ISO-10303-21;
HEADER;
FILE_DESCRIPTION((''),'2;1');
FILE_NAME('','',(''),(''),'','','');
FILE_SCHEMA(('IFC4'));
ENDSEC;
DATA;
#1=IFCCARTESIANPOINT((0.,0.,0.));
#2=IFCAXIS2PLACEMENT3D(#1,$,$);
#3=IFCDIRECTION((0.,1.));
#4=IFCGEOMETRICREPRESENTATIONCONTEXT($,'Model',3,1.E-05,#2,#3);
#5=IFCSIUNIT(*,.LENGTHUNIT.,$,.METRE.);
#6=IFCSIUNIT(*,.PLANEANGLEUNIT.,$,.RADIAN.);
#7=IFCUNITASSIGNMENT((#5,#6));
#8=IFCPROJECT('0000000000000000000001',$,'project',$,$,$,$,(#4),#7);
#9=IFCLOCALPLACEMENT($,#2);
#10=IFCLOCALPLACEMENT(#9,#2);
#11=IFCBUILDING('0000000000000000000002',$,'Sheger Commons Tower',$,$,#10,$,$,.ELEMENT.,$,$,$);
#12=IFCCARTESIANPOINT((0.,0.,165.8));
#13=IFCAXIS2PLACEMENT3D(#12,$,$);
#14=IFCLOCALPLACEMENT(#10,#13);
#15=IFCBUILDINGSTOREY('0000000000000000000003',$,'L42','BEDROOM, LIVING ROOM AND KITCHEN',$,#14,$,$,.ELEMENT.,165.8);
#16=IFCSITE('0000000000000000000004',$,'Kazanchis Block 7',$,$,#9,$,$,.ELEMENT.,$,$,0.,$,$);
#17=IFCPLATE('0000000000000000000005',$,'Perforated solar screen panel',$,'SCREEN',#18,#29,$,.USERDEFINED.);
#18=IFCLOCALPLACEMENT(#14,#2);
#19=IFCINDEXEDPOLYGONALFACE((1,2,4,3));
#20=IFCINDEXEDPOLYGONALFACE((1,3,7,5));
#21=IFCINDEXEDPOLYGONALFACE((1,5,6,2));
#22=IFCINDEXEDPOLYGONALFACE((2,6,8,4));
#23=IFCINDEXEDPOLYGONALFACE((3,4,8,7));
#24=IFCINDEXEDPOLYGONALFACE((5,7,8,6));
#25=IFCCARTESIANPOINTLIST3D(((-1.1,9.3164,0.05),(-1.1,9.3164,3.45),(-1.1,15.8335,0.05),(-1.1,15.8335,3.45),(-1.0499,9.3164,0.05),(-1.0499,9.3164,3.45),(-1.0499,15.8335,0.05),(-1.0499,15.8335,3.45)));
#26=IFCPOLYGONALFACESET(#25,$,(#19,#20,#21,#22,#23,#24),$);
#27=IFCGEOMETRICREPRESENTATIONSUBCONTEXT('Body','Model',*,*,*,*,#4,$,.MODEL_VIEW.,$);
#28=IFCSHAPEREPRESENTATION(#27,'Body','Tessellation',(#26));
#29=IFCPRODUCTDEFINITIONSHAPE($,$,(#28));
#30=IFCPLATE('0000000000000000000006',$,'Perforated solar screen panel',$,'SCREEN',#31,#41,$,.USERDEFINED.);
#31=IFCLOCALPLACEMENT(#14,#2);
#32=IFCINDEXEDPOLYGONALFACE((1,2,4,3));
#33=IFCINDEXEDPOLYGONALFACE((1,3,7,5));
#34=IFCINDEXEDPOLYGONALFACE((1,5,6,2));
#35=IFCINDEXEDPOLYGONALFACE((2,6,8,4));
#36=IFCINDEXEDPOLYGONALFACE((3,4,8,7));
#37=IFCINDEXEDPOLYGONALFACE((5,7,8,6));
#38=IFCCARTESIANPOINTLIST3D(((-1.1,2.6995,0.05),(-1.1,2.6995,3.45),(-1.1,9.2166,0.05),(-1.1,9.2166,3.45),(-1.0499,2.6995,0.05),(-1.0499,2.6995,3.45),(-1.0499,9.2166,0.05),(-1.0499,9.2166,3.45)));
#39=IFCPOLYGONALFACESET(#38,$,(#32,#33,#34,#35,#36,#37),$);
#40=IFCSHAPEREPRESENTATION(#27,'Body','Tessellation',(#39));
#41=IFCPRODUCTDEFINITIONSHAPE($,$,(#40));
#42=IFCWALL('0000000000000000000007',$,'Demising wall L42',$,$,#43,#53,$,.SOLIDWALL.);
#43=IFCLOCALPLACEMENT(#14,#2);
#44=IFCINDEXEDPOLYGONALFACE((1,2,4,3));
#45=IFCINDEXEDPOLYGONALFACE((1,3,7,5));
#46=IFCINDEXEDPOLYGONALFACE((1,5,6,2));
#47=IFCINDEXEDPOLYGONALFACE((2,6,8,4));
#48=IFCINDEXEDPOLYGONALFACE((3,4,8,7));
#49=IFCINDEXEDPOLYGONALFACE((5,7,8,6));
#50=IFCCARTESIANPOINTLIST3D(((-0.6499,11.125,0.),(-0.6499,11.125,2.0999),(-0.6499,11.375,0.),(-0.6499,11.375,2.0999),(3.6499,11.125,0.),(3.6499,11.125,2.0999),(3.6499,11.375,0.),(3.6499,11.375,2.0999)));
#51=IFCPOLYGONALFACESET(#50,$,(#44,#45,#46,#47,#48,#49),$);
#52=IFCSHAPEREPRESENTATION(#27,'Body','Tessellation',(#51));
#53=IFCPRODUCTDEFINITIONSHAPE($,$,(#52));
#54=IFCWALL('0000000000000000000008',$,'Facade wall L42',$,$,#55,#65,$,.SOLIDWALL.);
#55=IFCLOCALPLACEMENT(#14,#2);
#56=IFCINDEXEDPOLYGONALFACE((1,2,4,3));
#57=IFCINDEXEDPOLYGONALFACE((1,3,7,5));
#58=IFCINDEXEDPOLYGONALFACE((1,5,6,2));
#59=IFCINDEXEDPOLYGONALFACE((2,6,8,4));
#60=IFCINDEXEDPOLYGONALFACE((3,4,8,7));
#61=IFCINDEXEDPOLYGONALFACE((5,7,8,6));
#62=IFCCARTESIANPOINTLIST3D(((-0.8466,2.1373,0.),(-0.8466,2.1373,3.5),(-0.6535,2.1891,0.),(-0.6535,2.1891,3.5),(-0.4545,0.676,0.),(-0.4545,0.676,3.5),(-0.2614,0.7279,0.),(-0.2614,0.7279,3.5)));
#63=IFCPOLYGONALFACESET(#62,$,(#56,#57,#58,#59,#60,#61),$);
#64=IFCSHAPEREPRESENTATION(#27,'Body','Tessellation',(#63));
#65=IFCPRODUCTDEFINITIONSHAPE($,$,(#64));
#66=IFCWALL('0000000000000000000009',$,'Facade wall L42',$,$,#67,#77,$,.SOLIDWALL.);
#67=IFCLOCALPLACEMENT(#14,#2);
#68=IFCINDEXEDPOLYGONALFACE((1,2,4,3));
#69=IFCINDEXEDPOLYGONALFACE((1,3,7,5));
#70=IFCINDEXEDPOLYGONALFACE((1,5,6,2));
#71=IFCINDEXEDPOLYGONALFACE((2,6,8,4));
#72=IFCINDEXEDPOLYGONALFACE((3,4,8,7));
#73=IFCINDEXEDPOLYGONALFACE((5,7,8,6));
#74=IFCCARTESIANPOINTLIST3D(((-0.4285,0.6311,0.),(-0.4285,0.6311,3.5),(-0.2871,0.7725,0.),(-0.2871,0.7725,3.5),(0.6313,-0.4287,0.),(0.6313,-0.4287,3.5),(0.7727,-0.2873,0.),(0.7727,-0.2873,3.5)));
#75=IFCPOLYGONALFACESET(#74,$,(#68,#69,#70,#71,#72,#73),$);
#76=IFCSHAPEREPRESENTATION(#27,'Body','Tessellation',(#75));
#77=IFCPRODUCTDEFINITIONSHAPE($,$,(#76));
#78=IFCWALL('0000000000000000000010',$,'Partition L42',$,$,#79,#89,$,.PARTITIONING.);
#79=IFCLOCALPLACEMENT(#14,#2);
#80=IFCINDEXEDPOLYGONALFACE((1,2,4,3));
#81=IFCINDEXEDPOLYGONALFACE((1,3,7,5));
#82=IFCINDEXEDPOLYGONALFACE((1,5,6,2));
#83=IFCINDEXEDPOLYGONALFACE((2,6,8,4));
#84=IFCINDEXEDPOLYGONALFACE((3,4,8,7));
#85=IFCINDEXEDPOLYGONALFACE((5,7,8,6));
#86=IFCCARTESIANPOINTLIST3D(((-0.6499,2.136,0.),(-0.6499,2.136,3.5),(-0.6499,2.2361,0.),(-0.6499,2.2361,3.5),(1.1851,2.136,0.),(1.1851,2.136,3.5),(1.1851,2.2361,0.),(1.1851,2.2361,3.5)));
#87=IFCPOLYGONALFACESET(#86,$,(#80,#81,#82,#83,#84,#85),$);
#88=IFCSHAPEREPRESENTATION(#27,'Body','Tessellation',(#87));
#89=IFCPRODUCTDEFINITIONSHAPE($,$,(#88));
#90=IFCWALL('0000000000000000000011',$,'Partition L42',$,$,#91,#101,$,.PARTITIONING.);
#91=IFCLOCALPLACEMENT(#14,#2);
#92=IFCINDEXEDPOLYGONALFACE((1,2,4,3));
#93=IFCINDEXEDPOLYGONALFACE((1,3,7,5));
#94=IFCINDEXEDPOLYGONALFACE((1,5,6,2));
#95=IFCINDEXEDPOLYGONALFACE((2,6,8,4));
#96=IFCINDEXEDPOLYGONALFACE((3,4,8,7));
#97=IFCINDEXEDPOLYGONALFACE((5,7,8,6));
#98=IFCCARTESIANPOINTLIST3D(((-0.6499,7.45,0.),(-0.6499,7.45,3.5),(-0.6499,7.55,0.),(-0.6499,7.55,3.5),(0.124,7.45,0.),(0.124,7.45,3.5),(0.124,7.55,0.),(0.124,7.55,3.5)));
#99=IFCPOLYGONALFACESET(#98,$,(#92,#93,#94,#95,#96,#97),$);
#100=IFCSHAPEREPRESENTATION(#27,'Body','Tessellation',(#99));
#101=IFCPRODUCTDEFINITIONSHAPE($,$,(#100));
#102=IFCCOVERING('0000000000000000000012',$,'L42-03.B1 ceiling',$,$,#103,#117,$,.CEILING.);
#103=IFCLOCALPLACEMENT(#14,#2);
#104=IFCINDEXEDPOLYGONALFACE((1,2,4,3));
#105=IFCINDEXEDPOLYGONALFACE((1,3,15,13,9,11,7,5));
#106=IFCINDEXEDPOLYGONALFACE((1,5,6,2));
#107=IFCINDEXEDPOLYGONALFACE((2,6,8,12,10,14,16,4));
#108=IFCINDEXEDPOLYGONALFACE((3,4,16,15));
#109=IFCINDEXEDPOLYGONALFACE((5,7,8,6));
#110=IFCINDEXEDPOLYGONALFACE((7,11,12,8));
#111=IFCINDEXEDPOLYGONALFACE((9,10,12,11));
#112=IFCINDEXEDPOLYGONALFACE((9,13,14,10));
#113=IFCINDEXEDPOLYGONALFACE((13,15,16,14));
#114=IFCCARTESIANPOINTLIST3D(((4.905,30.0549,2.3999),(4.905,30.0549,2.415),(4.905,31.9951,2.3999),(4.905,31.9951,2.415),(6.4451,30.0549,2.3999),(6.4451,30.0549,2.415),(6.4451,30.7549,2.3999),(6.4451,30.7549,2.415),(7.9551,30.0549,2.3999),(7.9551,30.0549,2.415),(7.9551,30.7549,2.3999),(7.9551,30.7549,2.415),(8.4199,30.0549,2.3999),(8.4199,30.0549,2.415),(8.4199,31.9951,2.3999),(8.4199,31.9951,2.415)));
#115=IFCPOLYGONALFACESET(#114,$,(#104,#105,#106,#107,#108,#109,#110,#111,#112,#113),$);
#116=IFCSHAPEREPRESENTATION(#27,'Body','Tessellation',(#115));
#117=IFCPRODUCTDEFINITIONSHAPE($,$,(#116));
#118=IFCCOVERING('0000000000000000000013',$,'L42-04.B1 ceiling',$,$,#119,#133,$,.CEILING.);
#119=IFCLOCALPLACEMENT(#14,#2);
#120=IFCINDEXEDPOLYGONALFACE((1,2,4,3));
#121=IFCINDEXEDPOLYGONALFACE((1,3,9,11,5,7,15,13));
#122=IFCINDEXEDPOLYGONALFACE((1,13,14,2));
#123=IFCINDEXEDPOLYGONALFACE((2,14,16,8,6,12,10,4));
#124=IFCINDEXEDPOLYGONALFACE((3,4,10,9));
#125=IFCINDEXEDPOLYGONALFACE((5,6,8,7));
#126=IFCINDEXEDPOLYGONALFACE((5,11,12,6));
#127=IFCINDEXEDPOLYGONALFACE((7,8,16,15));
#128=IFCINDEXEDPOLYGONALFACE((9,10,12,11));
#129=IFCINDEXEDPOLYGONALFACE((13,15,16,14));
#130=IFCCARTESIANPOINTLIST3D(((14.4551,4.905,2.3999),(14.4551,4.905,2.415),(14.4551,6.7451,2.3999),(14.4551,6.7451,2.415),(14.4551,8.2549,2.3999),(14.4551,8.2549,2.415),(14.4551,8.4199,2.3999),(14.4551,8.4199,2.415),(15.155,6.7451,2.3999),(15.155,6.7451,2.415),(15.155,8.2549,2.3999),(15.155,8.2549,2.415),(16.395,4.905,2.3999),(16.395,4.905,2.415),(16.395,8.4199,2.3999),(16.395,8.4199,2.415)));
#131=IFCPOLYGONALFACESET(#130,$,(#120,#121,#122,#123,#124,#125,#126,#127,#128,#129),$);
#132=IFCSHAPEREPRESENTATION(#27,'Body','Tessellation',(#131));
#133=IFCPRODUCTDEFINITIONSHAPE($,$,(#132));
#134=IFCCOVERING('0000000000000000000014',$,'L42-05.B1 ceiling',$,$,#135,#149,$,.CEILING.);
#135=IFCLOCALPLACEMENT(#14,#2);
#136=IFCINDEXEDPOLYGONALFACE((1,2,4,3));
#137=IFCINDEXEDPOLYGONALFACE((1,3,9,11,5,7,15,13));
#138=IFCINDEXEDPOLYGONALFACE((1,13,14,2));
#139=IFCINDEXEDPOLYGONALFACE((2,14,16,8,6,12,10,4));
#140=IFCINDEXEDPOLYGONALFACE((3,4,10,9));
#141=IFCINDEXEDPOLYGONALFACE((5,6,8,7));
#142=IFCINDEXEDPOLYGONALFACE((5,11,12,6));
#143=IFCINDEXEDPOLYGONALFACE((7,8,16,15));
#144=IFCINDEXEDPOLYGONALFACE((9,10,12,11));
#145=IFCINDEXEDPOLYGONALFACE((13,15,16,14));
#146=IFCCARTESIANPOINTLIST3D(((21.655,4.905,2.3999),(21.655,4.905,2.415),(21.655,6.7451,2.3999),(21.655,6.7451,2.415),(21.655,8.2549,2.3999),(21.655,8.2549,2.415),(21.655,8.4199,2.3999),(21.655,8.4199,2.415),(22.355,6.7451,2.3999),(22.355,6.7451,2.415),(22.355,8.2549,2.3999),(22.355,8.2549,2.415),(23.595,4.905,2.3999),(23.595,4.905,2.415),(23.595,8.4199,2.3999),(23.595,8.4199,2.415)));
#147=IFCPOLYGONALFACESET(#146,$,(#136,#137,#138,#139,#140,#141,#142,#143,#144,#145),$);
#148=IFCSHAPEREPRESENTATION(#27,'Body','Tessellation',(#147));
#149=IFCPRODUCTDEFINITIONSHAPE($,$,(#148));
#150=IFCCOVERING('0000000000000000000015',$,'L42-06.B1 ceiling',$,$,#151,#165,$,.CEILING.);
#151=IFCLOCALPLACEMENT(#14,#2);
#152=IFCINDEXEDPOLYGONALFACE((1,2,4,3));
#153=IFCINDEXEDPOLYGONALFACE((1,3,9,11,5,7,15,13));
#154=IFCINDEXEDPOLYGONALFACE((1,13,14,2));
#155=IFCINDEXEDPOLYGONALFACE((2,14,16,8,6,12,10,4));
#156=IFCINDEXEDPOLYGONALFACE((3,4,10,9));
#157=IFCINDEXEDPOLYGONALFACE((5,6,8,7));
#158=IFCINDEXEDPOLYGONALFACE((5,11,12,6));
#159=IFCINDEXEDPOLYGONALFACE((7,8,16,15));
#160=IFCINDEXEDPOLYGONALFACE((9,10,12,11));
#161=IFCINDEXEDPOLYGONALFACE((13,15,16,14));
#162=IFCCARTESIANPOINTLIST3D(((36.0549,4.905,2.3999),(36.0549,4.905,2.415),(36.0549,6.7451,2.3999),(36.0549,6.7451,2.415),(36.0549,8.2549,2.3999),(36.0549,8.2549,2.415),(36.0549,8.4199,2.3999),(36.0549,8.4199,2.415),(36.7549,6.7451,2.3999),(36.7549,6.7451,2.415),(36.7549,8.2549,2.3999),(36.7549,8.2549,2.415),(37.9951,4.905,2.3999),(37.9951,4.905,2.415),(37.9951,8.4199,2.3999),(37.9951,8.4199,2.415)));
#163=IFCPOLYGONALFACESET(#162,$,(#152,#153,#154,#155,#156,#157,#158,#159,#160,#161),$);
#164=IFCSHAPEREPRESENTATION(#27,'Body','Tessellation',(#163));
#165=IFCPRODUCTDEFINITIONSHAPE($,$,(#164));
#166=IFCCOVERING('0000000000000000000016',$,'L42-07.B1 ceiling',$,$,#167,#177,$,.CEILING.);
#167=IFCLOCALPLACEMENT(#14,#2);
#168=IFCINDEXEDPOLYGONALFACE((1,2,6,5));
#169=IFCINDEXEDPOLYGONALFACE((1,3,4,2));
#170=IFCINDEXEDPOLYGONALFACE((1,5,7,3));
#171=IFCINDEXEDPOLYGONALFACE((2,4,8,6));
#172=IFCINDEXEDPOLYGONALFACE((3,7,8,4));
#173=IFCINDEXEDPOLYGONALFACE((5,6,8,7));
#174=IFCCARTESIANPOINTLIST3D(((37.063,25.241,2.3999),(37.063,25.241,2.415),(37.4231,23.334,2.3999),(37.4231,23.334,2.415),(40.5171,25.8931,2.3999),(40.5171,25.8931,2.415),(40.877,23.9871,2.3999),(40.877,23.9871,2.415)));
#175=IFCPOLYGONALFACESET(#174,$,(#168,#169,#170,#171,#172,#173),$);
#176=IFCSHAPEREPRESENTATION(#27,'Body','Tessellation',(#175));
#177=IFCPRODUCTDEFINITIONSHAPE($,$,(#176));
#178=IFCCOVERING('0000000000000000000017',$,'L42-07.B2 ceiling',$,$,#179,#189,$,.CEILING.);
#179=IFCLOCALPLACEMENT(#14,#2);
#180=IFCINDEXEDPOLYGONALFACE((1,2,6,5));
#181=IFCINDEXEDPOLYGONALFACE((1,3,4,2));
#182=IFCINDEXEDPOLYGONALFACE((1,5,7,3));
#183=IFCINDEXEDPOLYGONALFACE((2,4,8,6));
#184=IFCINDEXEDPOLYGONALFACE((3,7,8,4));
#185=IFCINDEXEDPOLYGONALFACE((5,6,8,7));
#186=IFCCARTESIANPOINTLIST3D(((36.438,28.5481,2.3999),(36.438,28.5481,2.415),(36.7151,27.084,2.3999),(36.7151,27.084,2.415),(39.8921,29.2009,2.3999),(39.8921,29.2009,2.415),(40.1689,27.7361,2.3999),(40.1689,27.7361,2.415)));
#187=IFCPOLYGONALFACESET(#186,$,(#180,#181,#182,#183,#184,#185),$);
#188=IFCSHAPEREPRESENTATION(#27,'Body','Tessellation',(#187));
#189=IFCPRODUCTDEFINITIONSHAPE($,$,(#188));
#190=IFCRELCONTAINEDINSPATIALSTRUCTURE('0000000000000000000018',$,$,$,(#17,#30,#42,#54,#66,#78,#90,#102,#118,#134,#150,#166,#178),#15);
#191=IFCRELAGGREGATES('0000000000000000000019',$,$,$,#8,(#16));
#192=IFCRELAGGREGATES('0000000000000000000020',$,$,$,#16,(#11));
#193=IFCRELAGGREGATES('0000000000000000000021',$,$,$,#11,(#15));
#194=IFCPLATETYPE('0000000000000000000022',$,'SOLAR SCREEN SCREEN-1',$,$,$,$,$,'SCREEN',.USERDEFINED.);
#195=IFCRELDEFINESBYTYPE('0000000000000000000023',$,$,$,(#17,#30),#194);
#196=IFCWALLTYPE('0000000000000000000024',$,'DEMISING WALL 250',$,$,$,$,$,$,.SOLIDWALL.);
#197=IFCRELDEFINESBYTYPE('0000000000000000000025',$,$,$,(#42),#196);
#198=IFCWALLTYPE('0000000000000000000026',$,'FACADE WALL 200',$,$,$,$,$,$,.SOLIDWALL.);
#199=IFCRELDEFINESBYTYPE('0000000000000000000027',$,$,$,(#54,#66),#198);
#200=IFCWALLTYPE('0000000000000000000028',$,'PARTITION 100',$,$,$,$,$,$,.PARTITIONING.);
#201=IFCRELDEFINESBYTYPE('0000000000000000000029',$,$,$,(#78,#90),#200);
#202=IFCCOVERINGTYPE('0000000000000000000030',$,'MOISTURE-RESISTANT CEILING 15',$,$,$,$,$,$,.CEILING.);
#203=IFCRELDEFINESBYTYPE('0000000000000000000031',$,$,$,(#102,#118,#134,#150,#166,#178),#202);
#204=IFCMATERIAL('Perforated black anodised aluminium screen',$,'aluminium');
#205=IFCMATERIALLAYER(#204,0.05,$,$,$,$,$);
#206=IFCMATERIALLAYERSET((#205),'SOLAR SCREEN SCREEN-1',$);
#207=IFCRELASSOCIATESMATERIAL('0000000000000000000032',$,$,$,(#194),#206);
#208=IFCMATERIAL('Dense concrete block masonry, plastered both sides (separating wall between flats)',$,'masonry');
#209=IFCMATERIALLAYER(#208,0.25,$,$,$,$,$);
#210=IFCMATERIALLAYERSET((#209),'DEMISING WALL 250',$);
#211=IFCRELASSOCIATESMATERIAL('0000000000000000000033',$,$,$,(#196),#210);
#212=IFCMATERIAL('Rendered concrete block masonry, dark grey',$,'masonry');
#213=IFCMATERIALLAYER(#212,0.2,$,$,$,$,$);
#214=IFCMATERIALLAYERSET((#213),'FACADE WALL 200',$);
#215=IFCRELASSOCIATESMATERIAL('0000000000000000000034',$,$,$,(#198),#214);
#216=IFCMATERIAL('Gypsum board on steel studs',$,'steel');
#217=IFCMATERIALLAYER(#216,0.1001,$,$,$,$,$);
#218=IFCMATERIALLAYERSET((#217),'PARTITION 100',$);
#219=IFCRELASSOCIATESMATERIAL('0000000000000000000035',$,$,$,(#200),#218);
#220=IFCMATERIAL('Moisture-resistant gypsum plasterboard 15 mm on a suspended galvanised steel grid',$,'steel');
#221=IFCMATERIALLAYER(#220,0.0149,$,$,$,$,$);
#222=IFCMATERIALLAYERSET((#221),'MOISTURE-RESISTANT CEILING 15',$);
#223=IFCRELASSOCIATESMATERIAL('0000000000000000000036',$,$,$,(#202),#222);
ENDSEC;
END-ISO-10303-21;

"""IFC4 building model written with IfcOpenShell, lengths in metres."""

from ifc_helpers import new_model, si_unit, direction, frame, frame_2d, origin, origin_2d, place, context, subcontext, project, spatial, polyline, rectangle, outline, extrude, material, layer, layer_set, type_object, element, save


model = new_model("IFC4")

# Units and contexts
model_context = context("Model", 3, precision=1e-05, world=origin(), true_north=direction((0.0, 1.0)))
body_context = subcontext(model_context, "Body", "Model", "MODEL_VIEW")
ifc_project = project(units=[si_unit("LENGTHUNIT", "METRE"), si_unit("PLANEANGLEUNIT", "RADIAN")], contexts=[model_context])

# Site, building, storey
site_placement = place(None, origin())
site = spatial("IfcSite", under=ifc_project, at=site_placement, Name="Kazanchis Block 7", CompositionType="ELEMENT", RefElevation=0.0)
building_placement = place(site_placement, origin())
building = spatial("IfcBuilding", under=site, at=building_placement, Name="Sheger Commons Tower", CompositionType="ELEMENT")
storey_placement = place(building_placement, frame((0.0, 0.0, 165.8)))
storey = spatial("IfcBuildingStorey", under=building, at=storey_placement, Name="L42", Description="BEDROOM, LIVING ROOM AND KITCHEN", CompositionType="ELEMENT", Elevation=165.8)

# Plates
ifc_material_1 = material(Name="Perforated black anodised aluminium screen", Category="aluminium")
ifc_layer_1 = layer(ifc_material_1, 0.05)
ifc_layer_set_1 = layer_set([ifc_layer_1], Name="SOLAR SCREEN SCREEN-1")
plate_type = type_object("IfcPlateType", Name="SOLAR SCREEN SCREEN-1", ElementType="SCREEN", PredefinedType="USERDEFINED", material=ifc_layer_set_1)
for number, where, z_axis, x_axis, name in (
    (1, (-1.075, 12.575, 0.05), (0.0, 0.0, 1.0), (0.0, -1.0, 0.0), "Perforated solar screen panel"),
    (2, (-1.075, 5.958, 0.05), (0.0, 0.0, 1.0), (0.0, -1.0, 0.0), "Perforated solar screen panel"),
):
    element("IfcPlate", number, at=place(storey_placement, frame(where, z_axis=z_axis, x_axis=x_axis)), inside=storey, type_object=plate_type, Name=name, ObjectType="SCREEN", PredefinedType="USERDEFINED", context=body_context, shape_type="SweptSolid", body=[
        extrude(rectangle(XDim=6.5171, YDim=0.05, at=origin_2d()), origin(), (0.0, 0.0, 1.0), 3.3999),
    ])

# Walls
ifc_material_2 = material(Name="Dense concrete block masonry, plastered both sides (separating wall between flats)", Category="masonry")
ifc_layer_2 = layer(ifc_material_2, 0.25)
ifc_layer_set_2 = layer_set([ifc_layer_2], Name="DEMISING WALL 250")
wall_type_1 = type_object("IfcWallType", Name="DEMISING WALL 250", PredefinedType="SOLIDWALL", material=ifc_layer_set_2)
wall_1_placement = place(storey_placement, frame((-0.6499, 11.25, 0.0), z_axis=(0.0, 0.0, 1.0), x_axis=(1.0, 0.0, 0.0)))
element("IfcWall", 3, at=wall_1_placement, inside=storey, type_object=wall_type_1, Name="Demising wall L42", PredefinedType="SOLIDWALL", context=body_context, shape_type="SweptSolid", body=[
    extrude(rectangle(XDim=4.2998, YDim=0.25, at=frame_2d((2.1499, 0.0))), origin(), (0.0, 0.0, 1.0), 2.0999),
])
ifc_material_3 = material(Name="Rendered concrete block masonry, dark grey", Category="masonry")
ifc_layer_3 = layer(ifc_material_3, 0.2)
ifc_layer_set_3 = layer_set([ifc_layer_3], Name="FACADE WALL 200")
wall_type_2 = type_object("IfcWallType", Name="FACADE WALL 200", PredefinedType="SOLIDWALL", material=ifc_layer_set_3)
wall_2_placement = place(storey_placement, frame((-0.75, 2.1631, 0.0), z_axis=(0.0, 0.0, 1.0), x_axis=(0.259169, -0.965832, 0.0)))
element("IfcWall", 4, at=wall_2_placement, inside=storey, type_object=wall_type_2, Name="Facade wall L42", PredefinedType="SOLIDWALL", context=body_context, shape_type="SweptSolid", body=[
    extrude(rectangle(XDim=1.5129, YDim=0.2, at=frame_2d((0.7563, 0.0))), origin(), (0.0, 0.0, 1.0), 3.5),
])
wall_3_placement = place(storey_placement, frame((-0.3579, 0.7019, 0.0), z_axis=(0.0, 0.0, 1.0), x_axis=(0.707107, -0.707107, 0.0)))
element("IfcWall", 5, at=wall_3_placement, inside=storey, type_object=wall_type_2, Name="Facade wall L42", PredefinedType="SOLIDWALL", context=body_context, shape_type="SweptSolid", body=[
    extrude(rectangle(XDim=1.4988, YDim=0.2, at=frame_2d((0.7495, 0.0))), origin(), (0.0, 0.0, 1.0), 3.5),
])
ifc_material_4 = material(Name="Gypsum board on steel studs", Category="steel")
ifc_layer_4 = layer(ifc_material_4, 0.1001)
ifc_layer_set_4 = layer_set([ifc_layer_4], Name="PARTITION 100")
wall_type_3 = type_object("IfcWallType", Name="PARTITION 100", PredefinedType="PARTITIONING", material=ifc_layer_set_4)
wall_4_placement = place(storey_placement, frame((-0.6499, 2.186, 0.0), z_axis=(0.0, 0.0, 1.0), x_axis=(1.0, 0.0, 0.0)))
element("IfcWall", 6, at=wall_4_placement, inside=storey, type_object=wall_type_3, Name="Partition L42", PredefinedType="PARTITIONING", context=body_context, shape_type="SweptSolid", body=[
    extrude(rectangle(XDim=1.835, YDim=0.1001, at=frame_2d((0.9175, 0.0))), origin(), (0.0, 0.0, 1.0), 3.5),
])
wall_5_placement = place(storey_placement, frame((-0.6499, 7.5, 0.0), z_axis=(0.0, 0.0, 1.0), x_axis=(1.0, 0.0, 0.0)))
element("IfcWall", 7, at=wall_5_placement, inside=storey, type_object=wall_type_3, Name="Partition L42", PredefinedType="PARTITIONING", context=body_context, shape_type="SweptSolid", body=[
    extrude(rectangle(XDim=0.7739, YDim=0.1001, at=frame_2d((0.387, 0.0))), origin(), (0.0, 0.0, 1.0), 3.5),
])

# Coverings
ifc_material_5 = material(Name="Moisture-resistant gypsum plasterboard 15 mm on a suspended galvanised steel grid", Category="steel")
ifc_layer_5 = layer(ifc_material_5, 0.0149)
ifc_layer_set_5 = layer_set([ifc_layer_5], Name="MOISTURE-RESISTANT CEILING 15")
covering_type_1 = type_object("IfcCoveringType", Name="MOISTURE-RESISTANT CEILING 15", PredefinedType="CEILING", material=ifc_layer_set_5)
covering_1_placement = place(storey_placement, frame((0.0, 0.0, 2.3999)))
element("IfcCovering", 8, at=covering_1_placement, inside=storey, type_object=covering_type_1, Name="L42-03.B1 ceiling", PredefinedType="CEILING", context=body_context, shape_type="SweptSolid", body=[
    extrude(outline(polyline([(4.905, 30.0549), (6.4451, 30.0549), (6.4451, 30.7549), (7.9551, 30.7549), (7.9551, 30.0549), (8.4199, 30.0549), (8.4199, 31.9951), (4.905, 31.9951), (4.905, 30.0549)])), origin(), (0.0, 0.0, 1.0), 0.0151),
])
covering_2_placement = place(storey_placement, frame((0.0, 0.0, 2.3999)))
element("IfcCovering", 9, at=covering_2_placement, inside=storey, type_object=covering_type_1, Name="L42-04.B1 ceiling", PredefinedType="CEILING", context=body_context, shape_type="SweptSolid", body=[
    extrude(outline(polyline([(14.4551, 4.905), (16.395, 4.905), (16.395, 8.4199), (14.4551, 8.4199), (14.4551, 8.2549), (15.155, 8.2549), (15.155, 6.7451), (14.4551, 6.7451), (14.4551, 4.905)])), origin(), (0.0, 0.0, 1.0), 0.0151),
])
covering_3_placement = place(storey_placement, frame((0.0, 0.0, 2.3999)))
element("IfcCovering", 10, at=covering_3_placement, inside=storey, type_object=covering_type_1, Name="L42-05.B1 ceiling", PredefinedType="CEILING", context=body_context, shape_type="SweptSolid", body=[
    extrude(outline(polyline([(21.655, 4.905), (23.595, 4.905), (23.595, 8.4199), (21.655, 8.4199), (21.655, 8.2549), (22.355, 8.2549), (22.355, 6.7451), (21.655, 6.7451), (21.655, 4.905)])), origin(), (0.0, 0.0, 1.0), 0.0151),
])
covering_4_placement = place(storey_placement, frame((0.0, 0.0, 2.3999)))
element("IfcCovering", 11, at=covering_4_placement, inside=storey, type_object=covering_type_1, Name="L42-06.B1 ceiling", PredefinedType="CEILING", context=body_context, shape_type="SweptSolid", body=[
    extrude(outline(polyline([(36.0549, 4.905), (37.9951, 4.905), (37.9951, 8.4199), (36.0549, 8.4199), (36.0549, 8.2549), (36.7549, 8.2549), (36.7549, 6.7451), (36.0549, 6.7451), (36.0549, 4.905)])), origin(), (0.0, 0.0, 1.0), 0.0151),
])
covering_5_placement = place(storey_placement, frame((0.0, 0.0, 2.3999)))
element("IfcCovering", 12, at=covering_5_placement, inside=storey, type_object=covering_type_1, Name="L42-07.B1 ceiling", PredefinedType="CEILING", context=body_context, shape_type="SweptSolid", body=[
    extrude(outline(polyline([(37.4231, 23.334), (40.877, 23.9871), (40.5171, 25.8931), (37.063, 25.241), (37.4231, 23.334)])), origin(), (0.0, 0.0, 1.0), 0.0151),
])
covering_6_placement = place(storey_placement, frame((0.0, 0.0, 2.3999)))
element("IfcCovering", 13, at=covering_6_placement, inside=storey, type_object=covering_type_1, Name="L42-07.B2 ceiling", PredefinedType="CEILING", context=body_context, shape_type="SweptSolid", body=[
    extrude(outline(polyline([(36.7151, 27.084), (40.1689, 27.7361), (39.8921, 29.2009), (36.438, 28.5481), (36.7151, 27.084)])), origin(), (0.0, 0.0, 1.0), 0.0151),
])

save(model, "model.ifc")
